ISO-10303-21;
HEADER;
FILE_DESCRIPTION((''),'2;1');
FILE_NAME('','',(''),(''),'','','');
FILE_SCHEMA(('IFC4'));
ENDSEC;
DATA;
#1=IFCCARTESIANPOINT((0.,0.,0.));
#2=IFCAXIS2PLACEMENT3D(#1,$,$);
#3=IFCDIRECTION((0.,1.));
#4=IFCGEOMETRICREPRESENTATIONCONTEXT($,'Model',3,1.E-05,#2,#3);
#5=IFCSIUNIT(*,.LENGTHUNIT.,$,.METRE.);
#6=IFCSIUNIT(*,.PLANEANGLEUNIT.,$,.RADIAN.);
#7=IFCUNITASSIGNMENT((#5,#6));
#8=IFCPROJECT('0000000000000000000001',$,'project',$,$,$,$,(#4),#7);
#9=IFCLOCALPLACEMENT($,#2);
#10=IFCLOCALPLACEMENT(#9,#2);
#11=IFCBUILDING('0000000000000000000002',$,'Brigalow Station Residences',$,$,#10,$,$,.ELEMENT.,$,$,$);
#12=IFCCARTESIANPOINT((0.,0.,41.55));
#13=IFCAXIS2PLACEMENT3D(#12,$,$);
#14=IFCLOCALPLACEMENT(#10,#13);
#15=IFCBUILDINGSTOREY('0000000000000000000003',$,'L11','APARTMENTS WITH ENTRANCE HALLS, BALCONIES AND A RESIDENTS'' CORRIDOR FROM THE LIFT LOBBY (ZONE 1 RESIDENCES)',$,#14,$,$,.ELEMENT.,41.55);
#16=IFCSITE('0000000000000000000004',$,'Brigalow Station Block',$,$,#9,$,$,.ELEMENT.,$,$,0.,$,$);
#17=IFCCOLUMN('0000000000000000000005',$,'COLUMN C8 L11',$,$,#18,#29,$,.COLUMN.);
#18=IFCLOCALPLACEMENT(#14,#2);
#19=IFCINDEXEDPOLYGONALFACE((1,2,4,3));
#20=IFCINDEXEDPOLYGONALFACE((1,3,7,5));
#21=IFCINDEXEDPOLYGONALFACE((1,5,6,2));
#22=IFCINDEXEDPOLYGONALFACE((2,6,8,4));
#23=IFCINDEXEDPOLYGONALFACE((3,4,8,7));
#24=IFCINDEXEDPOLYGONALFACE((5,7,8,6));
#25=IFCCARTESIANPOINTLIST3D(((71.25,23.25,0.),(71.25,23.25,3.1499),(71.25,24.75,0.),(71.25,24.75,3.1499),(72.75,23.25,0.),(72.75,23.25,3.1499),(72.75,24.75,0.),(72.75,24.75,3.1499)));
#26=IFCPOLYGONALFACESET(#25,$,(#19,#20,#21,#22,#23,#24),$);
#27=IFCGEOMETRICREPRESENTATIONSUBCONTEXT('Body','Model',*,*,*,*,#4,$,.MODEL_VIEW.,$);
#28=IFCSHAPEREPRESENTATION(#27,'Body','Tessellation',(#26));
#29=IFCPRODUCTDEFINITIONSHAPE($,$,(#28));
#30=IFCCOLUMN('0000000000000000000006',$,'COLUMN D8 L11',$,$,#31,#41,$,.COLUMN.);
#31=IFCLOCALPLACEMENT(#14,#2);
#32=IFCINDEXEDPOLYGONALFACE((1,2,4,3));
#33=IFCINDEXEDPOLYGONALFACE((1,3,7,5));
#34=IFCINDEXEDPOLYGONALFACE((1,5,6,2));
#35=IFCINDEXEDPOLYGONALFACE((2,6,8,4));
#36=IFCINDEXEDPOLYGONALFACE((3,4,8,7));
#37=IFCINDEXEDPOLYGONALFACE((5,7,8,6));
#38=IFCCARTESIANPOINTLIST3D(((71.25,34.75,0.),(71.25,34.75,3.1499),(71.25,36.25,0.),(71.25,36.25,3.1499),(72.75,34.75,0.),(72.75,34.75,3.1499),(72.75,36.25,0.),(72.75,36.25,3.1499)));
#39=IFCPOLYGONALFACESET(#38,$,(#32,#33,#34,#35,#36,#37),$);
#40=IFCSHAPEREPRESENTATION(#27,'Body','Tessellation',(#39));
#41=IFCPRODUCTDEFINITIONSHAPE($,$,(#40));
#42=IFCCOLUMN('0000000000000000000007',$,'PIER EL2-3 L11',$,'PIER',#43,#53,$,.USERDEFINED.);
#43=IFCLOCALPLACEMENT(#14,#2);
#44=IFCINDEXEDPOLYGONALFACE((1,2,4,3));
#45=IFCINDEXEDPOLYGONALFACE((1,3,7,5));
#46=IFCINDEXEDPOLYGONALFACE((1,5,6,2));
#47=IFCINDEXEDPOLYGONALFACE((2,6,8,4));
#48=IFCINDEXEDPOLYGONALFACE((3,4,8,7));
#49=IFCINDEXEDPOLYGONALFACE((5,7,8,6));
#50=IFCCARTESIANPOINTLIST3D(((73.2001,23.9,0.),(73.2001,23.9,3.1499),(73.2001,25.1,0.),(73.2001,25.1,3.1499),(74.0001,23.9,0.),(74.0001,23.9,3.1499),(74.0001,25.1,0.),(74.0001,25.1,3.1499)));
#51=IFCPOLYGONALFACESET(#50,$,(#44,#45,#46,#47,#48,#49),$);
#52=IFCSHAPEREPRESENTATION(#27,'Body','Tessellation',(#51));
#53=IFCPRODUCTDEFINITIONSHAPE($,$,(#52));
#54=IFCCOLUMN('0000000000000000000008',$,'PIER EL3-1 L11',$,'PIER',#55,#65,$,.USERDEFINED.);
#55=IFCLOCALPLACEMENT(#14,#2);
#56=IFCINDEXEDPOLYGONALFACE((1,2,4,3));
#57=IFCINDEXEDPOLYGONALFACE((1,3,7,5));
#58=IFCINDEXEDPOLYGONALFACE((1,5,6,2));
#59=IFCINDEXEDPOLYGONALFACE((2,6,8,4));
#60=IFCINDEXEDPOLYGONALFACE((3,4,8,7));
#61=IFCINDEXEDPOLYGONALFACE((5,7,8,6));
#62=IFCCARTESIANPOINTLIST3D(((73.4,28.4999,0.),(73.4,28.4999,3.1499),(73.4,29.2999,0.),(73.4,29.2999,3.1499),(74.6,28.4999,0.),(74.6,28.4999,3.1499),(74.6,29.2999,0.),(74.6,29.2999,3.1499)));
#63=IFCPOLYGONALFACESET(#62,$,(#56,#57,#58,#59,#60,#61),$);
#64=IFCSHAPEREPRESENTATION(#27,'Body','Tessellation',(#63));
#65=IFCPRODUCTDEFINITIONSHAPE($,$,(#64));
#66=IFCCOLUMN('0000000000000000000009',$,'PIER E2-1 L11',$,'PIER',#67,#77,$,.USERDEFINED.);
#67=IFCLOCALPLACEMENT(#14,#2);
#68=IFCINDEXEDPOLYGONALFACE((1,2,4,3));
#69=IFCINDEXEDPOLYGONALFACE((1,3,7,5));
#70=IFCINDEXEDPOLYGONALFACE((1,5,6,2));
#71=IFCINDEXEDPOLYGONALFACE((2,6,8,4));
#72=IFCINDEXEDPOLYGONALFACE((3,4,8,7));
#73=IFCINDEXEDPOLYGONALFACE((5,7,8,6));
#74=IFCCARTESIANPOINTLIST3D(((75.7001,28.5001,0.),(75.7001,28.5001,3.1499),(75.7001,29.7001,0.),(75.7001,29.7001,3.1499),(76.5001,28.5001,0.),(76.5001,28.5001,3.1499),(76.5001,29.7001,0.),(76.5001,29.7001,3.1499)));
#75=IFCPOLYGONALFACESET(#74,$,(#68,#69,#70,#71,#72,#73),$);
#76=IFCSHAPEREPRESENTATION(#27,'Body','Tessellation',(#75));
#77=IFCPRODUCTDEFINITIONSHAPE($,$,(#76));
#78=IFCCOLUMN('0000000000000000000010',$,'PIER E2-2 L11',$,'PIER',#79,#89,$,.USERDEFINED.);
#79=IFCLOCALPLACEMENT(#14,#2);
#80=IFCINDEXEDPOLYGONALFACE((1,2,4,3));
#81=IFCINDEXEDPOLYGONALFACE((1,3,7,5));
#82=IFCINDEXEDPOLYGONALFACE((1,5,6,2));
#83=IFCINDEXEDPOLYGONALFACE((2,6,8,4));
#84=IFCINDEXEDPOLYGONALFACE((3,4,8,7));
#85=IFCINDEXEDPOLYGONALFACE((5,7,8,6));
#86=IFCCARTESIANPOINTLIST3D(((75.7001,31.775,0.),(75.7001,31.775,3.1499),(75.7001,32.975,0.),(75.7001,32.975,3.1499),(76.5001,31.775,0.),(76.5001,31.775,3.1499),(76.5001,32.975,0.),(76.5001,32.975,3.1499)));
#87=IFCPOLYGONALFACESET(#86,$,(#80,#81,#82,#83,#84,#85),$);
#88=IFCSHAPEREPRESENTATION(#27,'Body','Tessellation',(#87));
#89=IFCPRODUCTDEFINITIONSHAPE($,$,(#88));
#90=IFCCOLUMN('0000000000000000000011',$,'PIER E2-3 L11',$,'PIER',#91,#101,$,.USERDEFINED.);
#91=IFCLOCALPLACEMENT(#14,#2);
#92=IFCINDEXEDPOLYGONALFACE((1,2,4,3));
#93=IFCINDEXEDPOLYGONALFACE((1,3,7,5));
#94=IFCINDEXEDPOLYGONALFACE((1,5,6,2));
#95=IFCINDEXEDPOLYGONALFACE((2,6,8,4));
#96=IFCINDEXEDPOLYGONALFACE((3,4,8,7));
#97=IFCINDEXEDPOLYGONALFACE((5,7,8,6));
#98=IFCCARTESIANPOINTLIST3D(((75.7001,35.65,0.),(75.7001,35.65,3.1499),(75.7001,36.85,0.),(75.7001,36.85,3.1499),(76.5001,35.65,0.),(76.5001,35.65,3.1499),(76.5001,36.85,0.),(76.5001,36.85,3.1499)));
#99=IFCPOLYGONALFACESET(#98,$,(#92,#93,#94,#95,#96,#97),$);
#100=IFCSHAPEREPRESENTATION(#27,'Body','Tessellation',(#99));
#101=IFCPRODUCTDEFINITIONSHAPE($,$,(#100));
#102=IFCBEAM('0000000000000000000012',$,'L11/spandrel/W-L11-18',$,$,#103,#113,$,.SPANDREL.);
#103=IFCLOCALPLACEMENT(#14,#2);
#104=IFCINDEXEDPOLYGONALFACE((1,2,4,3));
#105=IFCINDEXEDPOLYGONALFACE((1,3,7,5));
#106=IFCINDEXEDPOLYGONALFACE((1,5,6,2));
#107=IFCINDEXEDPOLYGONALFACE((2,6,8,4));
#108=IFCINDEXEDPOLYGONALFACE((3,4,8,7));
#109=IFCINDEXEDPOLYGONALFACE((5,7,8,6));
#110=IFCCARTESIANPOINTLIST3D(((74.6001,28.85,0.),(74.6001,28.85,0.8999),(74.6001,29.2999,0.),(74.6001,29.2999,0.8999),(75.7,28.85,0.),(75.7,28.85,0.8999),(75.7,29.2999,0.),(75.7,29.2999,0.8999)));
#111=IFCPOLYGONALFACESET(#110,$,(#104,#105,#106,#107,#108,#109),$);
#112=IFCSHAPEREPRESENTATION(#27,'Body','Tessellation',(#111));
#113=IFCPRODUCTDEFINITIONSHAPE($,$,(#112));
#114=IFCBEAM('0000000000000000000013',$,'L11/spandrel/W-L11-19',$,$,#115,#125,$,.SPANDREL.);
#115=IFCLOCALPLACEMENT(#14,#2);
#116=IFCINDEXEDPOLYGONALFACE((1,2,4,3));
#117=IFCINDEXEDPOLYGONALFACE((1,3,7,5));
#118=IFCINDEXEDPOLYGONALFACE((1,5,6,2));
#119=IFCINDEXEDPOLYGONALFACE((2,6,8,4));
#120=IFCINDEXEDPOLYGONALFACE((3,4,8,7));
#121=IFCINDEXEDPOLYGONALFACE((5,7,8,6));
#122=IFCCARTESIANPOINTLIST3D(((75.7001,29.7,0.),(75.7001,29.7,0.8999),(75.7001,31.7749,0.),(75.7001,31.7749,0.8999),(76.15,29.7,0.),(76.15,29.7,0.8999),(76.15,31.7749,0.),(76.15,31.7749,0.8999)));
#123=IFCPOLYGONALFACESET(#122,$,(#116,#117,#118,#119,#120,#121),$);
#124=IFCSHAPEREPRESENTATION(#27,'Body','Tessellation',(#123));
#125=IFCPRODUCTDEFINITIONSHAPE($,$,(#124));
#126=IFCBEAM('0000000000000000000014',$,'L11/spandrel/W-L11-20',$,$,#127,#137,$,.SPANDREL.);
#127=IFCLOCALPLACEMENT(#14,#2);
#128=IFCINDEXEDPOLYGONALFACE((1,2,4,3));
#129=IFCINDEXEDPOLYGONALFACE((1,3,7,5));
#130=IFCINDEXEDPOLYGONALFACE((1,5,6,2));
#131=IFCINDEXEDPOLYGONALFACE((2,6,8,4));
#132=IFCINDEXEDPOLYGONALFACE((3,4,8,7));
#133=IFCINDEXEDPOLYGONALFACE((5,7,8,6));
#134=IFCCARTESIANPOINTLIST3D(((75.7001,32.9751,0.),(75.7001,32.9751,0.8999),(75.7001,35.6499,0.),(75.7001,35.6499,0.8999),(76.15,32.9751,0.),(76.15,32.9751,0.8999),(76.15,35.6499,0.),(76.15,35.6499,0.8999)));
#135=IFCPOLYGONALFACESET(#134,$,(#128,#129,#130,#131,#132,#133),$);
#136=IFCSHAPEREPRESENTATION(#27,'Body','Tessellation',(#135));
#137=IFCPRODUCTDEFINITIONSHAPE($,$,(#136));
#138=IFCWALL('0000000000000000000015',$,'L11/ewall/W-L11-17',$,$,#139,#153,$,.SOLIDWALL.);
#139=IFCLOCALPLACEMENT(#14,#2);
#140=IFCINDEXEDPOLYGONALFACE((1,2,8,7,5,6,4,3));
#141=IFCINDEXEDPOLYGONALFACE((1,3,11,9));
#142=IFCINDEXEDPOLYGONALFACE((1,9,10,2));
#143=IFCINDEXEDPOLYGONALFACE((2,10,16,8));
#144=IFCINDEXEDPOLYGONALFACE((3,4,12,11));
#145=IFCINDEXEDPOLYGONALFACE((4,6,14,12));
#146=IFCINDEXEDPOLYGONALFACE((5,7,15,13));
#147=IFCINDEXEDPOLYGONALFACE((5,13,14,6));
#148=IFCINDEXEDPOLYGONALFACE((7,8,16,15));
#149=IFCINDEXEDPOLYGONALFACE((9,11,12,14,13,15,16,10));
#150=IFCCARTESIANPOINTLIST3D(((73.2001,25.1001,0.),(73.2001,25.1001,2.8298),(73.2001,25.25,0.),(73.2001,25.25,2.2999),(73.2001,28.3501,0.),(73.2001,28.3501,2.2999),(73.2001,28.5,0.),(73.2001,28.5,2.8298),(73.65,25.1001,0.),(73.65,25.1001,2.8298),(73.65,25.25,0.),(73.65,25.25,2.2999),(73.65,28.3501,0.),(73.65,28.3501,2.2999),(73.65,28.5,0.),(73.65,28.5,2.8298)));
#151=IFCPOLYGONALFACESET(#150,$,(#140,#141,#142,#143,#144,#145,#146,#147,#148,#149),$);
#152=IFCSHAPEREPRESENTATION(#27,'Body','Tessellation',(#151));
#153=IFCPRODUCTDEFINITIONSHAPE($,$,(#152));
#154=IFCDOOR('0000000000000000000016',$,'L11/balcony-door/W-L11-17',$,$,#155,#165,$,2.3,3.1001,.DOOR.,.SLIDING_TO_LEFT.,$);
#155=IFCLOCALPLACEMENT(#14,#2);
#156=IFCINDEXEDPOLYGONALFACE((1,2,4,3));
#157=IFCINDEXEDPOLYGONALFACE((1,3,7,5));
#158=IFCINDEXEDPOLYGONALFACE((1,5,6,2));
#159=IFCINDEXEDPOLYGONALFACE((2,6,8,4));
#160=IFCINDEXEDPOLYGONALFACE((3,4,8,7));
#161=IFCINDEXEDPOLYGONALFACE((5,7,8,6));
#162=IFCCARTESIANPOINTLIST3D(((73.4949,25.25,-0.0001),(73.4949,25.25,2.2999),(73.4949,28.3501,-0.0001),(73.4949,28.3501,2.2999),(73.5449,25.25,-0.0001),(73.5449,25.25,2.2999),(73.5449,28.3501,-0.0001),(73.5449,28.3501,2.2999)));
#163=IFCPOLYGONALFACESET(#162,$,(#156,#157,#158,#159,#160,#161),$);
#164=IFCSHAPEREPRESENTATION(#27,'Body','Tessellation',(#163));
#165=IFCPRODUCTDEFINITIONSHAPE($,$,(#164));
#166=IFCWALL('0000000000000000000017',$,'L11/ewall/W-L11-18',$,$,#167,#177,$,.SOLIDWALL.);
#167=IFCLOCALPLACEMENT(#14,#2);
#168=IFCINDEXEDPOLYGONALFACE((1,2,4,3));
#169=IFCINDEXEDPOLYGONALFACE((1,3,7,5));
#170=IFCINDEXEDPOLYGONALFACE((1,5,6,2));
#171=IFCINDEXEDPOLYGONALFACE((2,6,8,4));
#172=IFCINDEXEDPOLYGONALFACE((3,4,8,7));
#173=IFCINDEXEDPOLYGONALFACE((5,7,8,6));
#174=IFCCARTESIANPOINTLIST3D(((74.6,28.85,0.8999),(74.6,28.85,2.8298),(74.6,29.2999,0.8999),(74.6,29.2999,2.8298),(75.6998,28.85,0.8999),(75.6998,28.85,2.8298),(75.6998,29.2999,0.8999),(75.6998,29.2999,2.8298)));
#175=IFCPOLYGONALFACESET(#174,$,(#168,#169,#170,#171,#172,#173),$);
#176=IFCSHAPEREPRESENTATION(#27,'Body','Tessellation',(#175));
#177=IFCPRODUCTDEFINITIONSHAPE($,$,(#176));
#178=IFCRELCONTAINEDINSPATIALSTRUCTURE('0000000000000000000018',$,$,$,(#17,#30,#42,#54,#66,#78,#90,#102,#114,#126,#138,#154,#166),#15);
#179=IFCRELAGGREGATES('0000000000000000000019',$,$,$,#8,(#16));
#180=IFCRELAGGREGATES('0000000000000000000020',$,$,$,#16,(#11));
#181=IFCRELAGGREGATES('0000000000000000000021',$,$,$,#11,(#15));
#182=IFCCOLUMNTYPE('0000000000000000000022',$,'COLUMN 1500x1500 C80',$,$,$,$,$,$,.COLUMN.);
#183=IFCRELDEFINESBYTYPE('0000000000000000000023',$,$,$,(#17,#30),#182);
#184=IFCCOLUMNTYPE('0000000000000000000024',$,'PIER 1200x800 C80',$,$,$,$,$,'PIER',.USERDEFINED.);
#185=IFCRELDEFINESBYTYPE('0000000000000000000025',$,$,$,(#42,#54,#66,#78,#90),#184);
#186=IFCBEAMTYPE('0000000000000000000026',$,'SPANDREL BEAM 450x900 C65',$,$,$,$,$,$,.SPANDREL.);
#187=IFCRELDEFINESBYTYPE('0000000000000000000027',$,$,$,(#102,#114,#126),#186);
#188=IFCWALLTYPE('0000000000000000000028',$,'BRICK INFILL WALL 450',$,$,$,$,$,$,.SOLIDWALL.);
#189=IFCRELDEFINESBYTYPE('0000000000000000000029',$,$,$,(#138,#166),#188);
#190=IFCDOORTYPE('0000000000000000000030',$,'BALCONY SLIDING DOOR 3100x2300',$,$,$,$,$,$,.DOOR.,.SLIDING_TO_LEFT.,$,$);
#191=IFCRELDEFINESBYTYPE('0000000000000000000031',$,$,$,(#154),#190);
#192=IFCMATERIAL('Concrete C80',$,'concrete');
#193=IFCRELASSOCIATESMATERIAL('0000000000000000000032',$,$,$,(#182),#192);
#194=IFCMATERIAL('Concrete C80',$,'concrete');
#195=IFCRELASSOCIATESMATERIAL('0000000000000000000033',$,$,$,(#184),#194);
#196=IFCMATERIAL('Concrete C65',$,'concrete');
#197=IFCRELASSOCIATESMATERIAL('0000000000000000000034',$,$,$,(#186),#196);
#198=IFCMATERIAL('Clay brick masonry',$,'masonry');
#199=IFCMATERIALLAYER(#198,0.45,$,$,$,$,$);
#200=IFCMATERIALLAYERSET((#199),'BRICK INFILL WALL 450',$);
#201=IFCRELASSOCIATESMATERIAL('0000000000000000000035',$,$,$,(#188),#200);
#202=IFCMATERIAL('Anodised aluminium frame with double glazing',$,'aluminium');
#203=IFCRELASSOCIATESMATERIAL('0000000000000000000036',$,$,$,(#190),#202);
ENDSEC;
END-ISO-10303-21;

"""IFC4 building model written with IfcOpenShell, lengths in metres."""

from ifc_helpers import new_model, si_unit, direction, frame, frame_2d, origin, origin_2d, place, context, subcontext, project, spatial, rectangle, extrude, material, layer, layer_set, material_profile, profile_set, type_object, element, fill, save


model = new_model("IFC4")

# Units and contexts
model_context = context("Model", 3, precision=1e-05, world=origin(), true_north=direction((0.0, 1.0)))
body_context = subcontext(model_context, "Body", "Model", "MODEL_VIEW")
ifc_project = project(units=[si_unit("LENGTHUNIT", "METRE"), si_unit("PLANEANGLEUNIT", "RADIAN")], contexts=[model_context])

# Site, building, storey
site_placement = place(None, origin())
site = spatial("IfcSite", under=ifc_project, at=site_placement, Name="Brigalow Station Block", CompositionType="ELEMENT", RefElevation=0.0)
building_placement = place(site_placement, origin())
building = spatial("IfcBuilding", under=site, at=building_placement, Name="Brigalow Station Residences", CompositionType="ELEMENT")
storey_placement = place(building_placement, frame((0.0, 0.0, 41.55)))
storey = spatial("IfcBuildingStorey", under=building, at=storey_placement, Name="L11", Description="APARTMENTS WITH ENTRANCE HALLS, BALCONIES AND A RESIDENTS' CORRIDOR FROM THE LIFT LOBBY (ZONE 1 RESIDENCES)", CompositionType="ELEMENT", Elevation=41.55)

# Columns
ifc_material_1 = material(Name="Concrete C80", Category="concrete")
ifc_material_profile_1 = material_profile(ifc_material_1, rectangle(XDim=1.5, YDim=1.5, at=origin_2d()), Name="RC1500x1500")
ifc_profile_set_1 = profile_set([ifc_material_profile_1], Name="Concrete C80")
column_type_1 = type_object("IfcColumnType", Name="COLUMN 1500x1500 C80", PredefinedType="COLUMN", material=ifc_profile_set_1)
for number, where, z_axis, x_axis, name in (
    (1, (72.0, 24.0, 0.0), (0.0, 0.0, 1.0), (1.0, 0.0, 0.0), "COLUMN C8 L11"),
    (2, (72.0, 35.5, 0.0), (0.0, 0.0, 1.0), (1.0, 0.0, 0.0), "COLUMN D8 L11"),
):
    element("IfcColumn", number, at=place(storey_placement, frame(where, z_axis=z_axis, x_axis=x_axis)), inside=storey, type_object=column_type_1, Name=name, PredefinedType="COLUMN", context=body_context, shape_type="SweptSolid", body=[
        extrude(rectangle(XDim=1.5, YDim=1.5, at=origin_2d()), origin(), (0.0, 0.0, 1.0), 3.1499),
    ])
ifc_material_2 = material(Name="Concrete C80", Category="concrete")
ifc_material_profile_2 = material_profile(ifc_material_2, rectangle(XDim=1.2, YDim=0.8, at=origin_2d()), Name="RC1200x800")
ifc_profile_set_2 = profile_set([ifc_material_profile_2], Name="Concrete C80")
column_type_2 = type_object("IfcColumnType", Name="PIER 1200x800 C80", ElementType="PIER", PredefinedType="USERDEFINED", material=ifc_profile_set_2)
for number, where, z_axis, x_axis, name in (
    (3, (73.6001, 24.5, 0.0), (0.0, 0.0, 1.0), (0.0, 1.0, 0.0), "PIER EL2-3 L11"),
    (4, (74.0, 28.8999, 0.0), (0.0, 0.0, 1.0), (1.0, 0.0, 0.0), "PIER EL3-1 L11"),
    (5, (76.1001, 29.1001, 0.0), (0.0, 0.0, 1.0), (0.0, 1.0, 0.0), "PIER E2-1 L11"),
    (6, (76.1001, 32.375, 0.0), (0.0, 0.0, 1.0), (0.0, 1.0, 0.0), "PIER E2-2 L11"),
    (7, (76.1001, 36.25, 0.0), (0.0, 0.0, 1.0), (0.0, 1.0, 0.0), "PIER E2-3 L11"),
):
    element("IfcColumn", number, at=place(storey_placement, frame(where, z_axis=z_axis, x_axis=x_axis)), inside=storey, type_object=column_type_2, Name=name, ObjectType="PIER", PredefinedType="USERDEFINED", context=body_context, shape_type="SweptSolid", body=[
        extrude(rectangle(XDim=1.2, YDim=0.8, at=origin_2d()), origin(), (0.0, 0.0, 1.0), 3.1499),
    ])

# Beams
ifc_material_3 = material(Name="Concrete C65", Category="concrete")
ifc_material_profile_3 = material_profile(ifc_material_3, rectangle(XDim=0.45, YDim=0.8999, at=origin_2d()), Name="RC450x900")
ifc_profile_set_3 = profile_set([ifc_material_profile_3], Name="Concrete C65")
beam_type = type_object("IfcBeamType", Name="SPANDREL BEAM 450x900 C65", PredefinedType="SPANDREL", material=ifc_profile_set_3)
beam_1_placement = place(storey_placement, frame((74.6001, 29.075, 0.45), z_axis=(1.0, 0.0, 0.0), x_axis=(0.0, 1.0, 0.0)))
element("IfcBeam", 8, at=beam_1_placement, inside=storey, type_object=beam_type, Name="L11/spandrel/W-L11-18", PredefinedType="SPANDREL", context=body_context, shape_type="SweptSolid", body=[
    extrude(rectangle(XDim=0.45, YDim=0.8999, at=origin_2d()), origin(), (0.0, 0.0, 1.0), 1.0999),
])
beam_2_placement = place(storey_placement, frame((75.925, 29.7, 0.45), z_axis=(0.0, 1.0, 0.0), x_axis=(-1.0, 0.0, 0.0)))
element("IfcBeam", 9, at=beam_2_placement, inside=storey, type_object=beam_type, Name="L11/spandrel/W-L11-19", PredefinedType="SPANDREL", context=body_context, shape_type="SweptSolid", body=[
    extrude(rectangle(XDim=0.45, YDim=0.8999, at=origin_2d()), origin(), (0.0, 0.0, 1.0), 2.075),
])
beam_3_placement = place(storey_placement, frame((75.925, 32.9751, 0.45), z_axis=(0.0, 1.0, 0.0), x_axis=(-1.0, 0.0, 0.0)))
element("IfcBeam", 10, at=beam_3_placement, inside=storey, type_object=beam_type, Name="L11/spandrel/W-L11-20", PredefinedType="SPANDREL", context=body_context, shape_type="SweptSolid", body=[
    extrude(rectangle(XDim=0.45, YDim=0.8999, at=origin_2d()), origin(), (0.0, 0.0, 1.0), 2.6748),
])

# Wall, opening, door
ifc_material_4 = material(Name="Clay brick masonry", Category="masonry")
ifc_layer = layer(ifc_material_4, 0.45)
ifc_layer_set = layer_set([ifc_layer], Name="BRICK INFILL WALL 450")
wall_type = type_object("IfcWallType", Name="BRICK INFILL WALL 450", PredefinedType="SOLIDWALL", material=ifc_layer_set)
wall_1_placement = place(storey_placement, frame((73.425, 25.1001, 0.0), z_axis=(0.0, 0.0, 1.0), x_axis=(0.0, 1.0, 0.0)))
wall_1 = element("IfcWall", 11, at=wall_1_placement, inside=storey, type_object=wall_type, Name="L11/ewall/W-L11-17", PredefinedType="SOLIDWALL", context=body_context, shape_type="SweptSolid", body=[
    extrude(rectangle(XDim=3.3999, YDim=0.45, at=frame_2d((1.7, 0.0))), origin(), (0.0, 0.0, 1.0), 2.8298),
])
opening_1_placement = place(wall_1_placement, frame((0.1499, 0.0, 0.0)))
opening_1 = element("IfcOpeningElement", 12, at=opening_1_placement, cuts=wall_1, PredefinedType="OPENING", context=body_context, shape_type="SweptSolid", body=[
    extrude(rectangle(XDim=3.1001, YDim=2.3, at=frame_2d((1.55, 1.1499))), frame((0.0, 0.2349, 0.0), z_axis=(0.0, -1.0, 0.0), x_axis=(1.0, 0.0, 0.0)), (0.0, 0.0, 1.0), 0.47),
])
ifc_material_5 = material(Name="Anodised aluminium frame with double glazing", Category="aluminium")
door_type = type_object("IfcDoorType", Name="BALCONY SLIDING DOOR 3100x2300", OperationType="SLIDING_TO_LEFT", PredefinedType="DOOR", material=ifc_material_5)
door_placement = place(opening_1_placement, origin())
door = element("IfcDoor", 13, at=door_placement, inside=storey, type_object=door_type, Name="L11/balcony-door/W-L11-17", OperationType="SLIDING_TO_LEFT", OverallHeight=2.3, OverallWidth=3.1001, PredefinedType="DOOR", context=body_context, shape_type="SweptSolid", body=[
    extrude(rectangle(XDim=3.1001, YDim=2.3, at=frame_2d((1.55, 1.1499))), frame((0.0, -0.0698, 0.0), z_axis=(0.0, -1.0, 0.0), x_axis=(1.0, 0.0, 0.0)), (0.0, 0.0, 1.0), 0.05),
])
fill(opening_1, door)

# Wall
wall_2_placement = place(storey_placement, frame((74.6001, 29.075, 0.8999), z_axis=(0.0, 0.0, 1.0), x_axis=(1.0, 0.0, 0.0)))
element("IfcWall", 14, at=wall_2_placement, inside=storey, type_object=wall_type, Name="L11/ewall/W-L11-18", PredefinedType="SOLIDWALL", context=body_context, shape_type="SweptSolid", body=[
    extrude(rectangle(XDim=1.0999, YDim=0.45, at=frame_2d((0.5498, 0.0))), origin(), (0.0, 0.0, 1.0), 1.9299),
])

save(model, "model.ifc")
